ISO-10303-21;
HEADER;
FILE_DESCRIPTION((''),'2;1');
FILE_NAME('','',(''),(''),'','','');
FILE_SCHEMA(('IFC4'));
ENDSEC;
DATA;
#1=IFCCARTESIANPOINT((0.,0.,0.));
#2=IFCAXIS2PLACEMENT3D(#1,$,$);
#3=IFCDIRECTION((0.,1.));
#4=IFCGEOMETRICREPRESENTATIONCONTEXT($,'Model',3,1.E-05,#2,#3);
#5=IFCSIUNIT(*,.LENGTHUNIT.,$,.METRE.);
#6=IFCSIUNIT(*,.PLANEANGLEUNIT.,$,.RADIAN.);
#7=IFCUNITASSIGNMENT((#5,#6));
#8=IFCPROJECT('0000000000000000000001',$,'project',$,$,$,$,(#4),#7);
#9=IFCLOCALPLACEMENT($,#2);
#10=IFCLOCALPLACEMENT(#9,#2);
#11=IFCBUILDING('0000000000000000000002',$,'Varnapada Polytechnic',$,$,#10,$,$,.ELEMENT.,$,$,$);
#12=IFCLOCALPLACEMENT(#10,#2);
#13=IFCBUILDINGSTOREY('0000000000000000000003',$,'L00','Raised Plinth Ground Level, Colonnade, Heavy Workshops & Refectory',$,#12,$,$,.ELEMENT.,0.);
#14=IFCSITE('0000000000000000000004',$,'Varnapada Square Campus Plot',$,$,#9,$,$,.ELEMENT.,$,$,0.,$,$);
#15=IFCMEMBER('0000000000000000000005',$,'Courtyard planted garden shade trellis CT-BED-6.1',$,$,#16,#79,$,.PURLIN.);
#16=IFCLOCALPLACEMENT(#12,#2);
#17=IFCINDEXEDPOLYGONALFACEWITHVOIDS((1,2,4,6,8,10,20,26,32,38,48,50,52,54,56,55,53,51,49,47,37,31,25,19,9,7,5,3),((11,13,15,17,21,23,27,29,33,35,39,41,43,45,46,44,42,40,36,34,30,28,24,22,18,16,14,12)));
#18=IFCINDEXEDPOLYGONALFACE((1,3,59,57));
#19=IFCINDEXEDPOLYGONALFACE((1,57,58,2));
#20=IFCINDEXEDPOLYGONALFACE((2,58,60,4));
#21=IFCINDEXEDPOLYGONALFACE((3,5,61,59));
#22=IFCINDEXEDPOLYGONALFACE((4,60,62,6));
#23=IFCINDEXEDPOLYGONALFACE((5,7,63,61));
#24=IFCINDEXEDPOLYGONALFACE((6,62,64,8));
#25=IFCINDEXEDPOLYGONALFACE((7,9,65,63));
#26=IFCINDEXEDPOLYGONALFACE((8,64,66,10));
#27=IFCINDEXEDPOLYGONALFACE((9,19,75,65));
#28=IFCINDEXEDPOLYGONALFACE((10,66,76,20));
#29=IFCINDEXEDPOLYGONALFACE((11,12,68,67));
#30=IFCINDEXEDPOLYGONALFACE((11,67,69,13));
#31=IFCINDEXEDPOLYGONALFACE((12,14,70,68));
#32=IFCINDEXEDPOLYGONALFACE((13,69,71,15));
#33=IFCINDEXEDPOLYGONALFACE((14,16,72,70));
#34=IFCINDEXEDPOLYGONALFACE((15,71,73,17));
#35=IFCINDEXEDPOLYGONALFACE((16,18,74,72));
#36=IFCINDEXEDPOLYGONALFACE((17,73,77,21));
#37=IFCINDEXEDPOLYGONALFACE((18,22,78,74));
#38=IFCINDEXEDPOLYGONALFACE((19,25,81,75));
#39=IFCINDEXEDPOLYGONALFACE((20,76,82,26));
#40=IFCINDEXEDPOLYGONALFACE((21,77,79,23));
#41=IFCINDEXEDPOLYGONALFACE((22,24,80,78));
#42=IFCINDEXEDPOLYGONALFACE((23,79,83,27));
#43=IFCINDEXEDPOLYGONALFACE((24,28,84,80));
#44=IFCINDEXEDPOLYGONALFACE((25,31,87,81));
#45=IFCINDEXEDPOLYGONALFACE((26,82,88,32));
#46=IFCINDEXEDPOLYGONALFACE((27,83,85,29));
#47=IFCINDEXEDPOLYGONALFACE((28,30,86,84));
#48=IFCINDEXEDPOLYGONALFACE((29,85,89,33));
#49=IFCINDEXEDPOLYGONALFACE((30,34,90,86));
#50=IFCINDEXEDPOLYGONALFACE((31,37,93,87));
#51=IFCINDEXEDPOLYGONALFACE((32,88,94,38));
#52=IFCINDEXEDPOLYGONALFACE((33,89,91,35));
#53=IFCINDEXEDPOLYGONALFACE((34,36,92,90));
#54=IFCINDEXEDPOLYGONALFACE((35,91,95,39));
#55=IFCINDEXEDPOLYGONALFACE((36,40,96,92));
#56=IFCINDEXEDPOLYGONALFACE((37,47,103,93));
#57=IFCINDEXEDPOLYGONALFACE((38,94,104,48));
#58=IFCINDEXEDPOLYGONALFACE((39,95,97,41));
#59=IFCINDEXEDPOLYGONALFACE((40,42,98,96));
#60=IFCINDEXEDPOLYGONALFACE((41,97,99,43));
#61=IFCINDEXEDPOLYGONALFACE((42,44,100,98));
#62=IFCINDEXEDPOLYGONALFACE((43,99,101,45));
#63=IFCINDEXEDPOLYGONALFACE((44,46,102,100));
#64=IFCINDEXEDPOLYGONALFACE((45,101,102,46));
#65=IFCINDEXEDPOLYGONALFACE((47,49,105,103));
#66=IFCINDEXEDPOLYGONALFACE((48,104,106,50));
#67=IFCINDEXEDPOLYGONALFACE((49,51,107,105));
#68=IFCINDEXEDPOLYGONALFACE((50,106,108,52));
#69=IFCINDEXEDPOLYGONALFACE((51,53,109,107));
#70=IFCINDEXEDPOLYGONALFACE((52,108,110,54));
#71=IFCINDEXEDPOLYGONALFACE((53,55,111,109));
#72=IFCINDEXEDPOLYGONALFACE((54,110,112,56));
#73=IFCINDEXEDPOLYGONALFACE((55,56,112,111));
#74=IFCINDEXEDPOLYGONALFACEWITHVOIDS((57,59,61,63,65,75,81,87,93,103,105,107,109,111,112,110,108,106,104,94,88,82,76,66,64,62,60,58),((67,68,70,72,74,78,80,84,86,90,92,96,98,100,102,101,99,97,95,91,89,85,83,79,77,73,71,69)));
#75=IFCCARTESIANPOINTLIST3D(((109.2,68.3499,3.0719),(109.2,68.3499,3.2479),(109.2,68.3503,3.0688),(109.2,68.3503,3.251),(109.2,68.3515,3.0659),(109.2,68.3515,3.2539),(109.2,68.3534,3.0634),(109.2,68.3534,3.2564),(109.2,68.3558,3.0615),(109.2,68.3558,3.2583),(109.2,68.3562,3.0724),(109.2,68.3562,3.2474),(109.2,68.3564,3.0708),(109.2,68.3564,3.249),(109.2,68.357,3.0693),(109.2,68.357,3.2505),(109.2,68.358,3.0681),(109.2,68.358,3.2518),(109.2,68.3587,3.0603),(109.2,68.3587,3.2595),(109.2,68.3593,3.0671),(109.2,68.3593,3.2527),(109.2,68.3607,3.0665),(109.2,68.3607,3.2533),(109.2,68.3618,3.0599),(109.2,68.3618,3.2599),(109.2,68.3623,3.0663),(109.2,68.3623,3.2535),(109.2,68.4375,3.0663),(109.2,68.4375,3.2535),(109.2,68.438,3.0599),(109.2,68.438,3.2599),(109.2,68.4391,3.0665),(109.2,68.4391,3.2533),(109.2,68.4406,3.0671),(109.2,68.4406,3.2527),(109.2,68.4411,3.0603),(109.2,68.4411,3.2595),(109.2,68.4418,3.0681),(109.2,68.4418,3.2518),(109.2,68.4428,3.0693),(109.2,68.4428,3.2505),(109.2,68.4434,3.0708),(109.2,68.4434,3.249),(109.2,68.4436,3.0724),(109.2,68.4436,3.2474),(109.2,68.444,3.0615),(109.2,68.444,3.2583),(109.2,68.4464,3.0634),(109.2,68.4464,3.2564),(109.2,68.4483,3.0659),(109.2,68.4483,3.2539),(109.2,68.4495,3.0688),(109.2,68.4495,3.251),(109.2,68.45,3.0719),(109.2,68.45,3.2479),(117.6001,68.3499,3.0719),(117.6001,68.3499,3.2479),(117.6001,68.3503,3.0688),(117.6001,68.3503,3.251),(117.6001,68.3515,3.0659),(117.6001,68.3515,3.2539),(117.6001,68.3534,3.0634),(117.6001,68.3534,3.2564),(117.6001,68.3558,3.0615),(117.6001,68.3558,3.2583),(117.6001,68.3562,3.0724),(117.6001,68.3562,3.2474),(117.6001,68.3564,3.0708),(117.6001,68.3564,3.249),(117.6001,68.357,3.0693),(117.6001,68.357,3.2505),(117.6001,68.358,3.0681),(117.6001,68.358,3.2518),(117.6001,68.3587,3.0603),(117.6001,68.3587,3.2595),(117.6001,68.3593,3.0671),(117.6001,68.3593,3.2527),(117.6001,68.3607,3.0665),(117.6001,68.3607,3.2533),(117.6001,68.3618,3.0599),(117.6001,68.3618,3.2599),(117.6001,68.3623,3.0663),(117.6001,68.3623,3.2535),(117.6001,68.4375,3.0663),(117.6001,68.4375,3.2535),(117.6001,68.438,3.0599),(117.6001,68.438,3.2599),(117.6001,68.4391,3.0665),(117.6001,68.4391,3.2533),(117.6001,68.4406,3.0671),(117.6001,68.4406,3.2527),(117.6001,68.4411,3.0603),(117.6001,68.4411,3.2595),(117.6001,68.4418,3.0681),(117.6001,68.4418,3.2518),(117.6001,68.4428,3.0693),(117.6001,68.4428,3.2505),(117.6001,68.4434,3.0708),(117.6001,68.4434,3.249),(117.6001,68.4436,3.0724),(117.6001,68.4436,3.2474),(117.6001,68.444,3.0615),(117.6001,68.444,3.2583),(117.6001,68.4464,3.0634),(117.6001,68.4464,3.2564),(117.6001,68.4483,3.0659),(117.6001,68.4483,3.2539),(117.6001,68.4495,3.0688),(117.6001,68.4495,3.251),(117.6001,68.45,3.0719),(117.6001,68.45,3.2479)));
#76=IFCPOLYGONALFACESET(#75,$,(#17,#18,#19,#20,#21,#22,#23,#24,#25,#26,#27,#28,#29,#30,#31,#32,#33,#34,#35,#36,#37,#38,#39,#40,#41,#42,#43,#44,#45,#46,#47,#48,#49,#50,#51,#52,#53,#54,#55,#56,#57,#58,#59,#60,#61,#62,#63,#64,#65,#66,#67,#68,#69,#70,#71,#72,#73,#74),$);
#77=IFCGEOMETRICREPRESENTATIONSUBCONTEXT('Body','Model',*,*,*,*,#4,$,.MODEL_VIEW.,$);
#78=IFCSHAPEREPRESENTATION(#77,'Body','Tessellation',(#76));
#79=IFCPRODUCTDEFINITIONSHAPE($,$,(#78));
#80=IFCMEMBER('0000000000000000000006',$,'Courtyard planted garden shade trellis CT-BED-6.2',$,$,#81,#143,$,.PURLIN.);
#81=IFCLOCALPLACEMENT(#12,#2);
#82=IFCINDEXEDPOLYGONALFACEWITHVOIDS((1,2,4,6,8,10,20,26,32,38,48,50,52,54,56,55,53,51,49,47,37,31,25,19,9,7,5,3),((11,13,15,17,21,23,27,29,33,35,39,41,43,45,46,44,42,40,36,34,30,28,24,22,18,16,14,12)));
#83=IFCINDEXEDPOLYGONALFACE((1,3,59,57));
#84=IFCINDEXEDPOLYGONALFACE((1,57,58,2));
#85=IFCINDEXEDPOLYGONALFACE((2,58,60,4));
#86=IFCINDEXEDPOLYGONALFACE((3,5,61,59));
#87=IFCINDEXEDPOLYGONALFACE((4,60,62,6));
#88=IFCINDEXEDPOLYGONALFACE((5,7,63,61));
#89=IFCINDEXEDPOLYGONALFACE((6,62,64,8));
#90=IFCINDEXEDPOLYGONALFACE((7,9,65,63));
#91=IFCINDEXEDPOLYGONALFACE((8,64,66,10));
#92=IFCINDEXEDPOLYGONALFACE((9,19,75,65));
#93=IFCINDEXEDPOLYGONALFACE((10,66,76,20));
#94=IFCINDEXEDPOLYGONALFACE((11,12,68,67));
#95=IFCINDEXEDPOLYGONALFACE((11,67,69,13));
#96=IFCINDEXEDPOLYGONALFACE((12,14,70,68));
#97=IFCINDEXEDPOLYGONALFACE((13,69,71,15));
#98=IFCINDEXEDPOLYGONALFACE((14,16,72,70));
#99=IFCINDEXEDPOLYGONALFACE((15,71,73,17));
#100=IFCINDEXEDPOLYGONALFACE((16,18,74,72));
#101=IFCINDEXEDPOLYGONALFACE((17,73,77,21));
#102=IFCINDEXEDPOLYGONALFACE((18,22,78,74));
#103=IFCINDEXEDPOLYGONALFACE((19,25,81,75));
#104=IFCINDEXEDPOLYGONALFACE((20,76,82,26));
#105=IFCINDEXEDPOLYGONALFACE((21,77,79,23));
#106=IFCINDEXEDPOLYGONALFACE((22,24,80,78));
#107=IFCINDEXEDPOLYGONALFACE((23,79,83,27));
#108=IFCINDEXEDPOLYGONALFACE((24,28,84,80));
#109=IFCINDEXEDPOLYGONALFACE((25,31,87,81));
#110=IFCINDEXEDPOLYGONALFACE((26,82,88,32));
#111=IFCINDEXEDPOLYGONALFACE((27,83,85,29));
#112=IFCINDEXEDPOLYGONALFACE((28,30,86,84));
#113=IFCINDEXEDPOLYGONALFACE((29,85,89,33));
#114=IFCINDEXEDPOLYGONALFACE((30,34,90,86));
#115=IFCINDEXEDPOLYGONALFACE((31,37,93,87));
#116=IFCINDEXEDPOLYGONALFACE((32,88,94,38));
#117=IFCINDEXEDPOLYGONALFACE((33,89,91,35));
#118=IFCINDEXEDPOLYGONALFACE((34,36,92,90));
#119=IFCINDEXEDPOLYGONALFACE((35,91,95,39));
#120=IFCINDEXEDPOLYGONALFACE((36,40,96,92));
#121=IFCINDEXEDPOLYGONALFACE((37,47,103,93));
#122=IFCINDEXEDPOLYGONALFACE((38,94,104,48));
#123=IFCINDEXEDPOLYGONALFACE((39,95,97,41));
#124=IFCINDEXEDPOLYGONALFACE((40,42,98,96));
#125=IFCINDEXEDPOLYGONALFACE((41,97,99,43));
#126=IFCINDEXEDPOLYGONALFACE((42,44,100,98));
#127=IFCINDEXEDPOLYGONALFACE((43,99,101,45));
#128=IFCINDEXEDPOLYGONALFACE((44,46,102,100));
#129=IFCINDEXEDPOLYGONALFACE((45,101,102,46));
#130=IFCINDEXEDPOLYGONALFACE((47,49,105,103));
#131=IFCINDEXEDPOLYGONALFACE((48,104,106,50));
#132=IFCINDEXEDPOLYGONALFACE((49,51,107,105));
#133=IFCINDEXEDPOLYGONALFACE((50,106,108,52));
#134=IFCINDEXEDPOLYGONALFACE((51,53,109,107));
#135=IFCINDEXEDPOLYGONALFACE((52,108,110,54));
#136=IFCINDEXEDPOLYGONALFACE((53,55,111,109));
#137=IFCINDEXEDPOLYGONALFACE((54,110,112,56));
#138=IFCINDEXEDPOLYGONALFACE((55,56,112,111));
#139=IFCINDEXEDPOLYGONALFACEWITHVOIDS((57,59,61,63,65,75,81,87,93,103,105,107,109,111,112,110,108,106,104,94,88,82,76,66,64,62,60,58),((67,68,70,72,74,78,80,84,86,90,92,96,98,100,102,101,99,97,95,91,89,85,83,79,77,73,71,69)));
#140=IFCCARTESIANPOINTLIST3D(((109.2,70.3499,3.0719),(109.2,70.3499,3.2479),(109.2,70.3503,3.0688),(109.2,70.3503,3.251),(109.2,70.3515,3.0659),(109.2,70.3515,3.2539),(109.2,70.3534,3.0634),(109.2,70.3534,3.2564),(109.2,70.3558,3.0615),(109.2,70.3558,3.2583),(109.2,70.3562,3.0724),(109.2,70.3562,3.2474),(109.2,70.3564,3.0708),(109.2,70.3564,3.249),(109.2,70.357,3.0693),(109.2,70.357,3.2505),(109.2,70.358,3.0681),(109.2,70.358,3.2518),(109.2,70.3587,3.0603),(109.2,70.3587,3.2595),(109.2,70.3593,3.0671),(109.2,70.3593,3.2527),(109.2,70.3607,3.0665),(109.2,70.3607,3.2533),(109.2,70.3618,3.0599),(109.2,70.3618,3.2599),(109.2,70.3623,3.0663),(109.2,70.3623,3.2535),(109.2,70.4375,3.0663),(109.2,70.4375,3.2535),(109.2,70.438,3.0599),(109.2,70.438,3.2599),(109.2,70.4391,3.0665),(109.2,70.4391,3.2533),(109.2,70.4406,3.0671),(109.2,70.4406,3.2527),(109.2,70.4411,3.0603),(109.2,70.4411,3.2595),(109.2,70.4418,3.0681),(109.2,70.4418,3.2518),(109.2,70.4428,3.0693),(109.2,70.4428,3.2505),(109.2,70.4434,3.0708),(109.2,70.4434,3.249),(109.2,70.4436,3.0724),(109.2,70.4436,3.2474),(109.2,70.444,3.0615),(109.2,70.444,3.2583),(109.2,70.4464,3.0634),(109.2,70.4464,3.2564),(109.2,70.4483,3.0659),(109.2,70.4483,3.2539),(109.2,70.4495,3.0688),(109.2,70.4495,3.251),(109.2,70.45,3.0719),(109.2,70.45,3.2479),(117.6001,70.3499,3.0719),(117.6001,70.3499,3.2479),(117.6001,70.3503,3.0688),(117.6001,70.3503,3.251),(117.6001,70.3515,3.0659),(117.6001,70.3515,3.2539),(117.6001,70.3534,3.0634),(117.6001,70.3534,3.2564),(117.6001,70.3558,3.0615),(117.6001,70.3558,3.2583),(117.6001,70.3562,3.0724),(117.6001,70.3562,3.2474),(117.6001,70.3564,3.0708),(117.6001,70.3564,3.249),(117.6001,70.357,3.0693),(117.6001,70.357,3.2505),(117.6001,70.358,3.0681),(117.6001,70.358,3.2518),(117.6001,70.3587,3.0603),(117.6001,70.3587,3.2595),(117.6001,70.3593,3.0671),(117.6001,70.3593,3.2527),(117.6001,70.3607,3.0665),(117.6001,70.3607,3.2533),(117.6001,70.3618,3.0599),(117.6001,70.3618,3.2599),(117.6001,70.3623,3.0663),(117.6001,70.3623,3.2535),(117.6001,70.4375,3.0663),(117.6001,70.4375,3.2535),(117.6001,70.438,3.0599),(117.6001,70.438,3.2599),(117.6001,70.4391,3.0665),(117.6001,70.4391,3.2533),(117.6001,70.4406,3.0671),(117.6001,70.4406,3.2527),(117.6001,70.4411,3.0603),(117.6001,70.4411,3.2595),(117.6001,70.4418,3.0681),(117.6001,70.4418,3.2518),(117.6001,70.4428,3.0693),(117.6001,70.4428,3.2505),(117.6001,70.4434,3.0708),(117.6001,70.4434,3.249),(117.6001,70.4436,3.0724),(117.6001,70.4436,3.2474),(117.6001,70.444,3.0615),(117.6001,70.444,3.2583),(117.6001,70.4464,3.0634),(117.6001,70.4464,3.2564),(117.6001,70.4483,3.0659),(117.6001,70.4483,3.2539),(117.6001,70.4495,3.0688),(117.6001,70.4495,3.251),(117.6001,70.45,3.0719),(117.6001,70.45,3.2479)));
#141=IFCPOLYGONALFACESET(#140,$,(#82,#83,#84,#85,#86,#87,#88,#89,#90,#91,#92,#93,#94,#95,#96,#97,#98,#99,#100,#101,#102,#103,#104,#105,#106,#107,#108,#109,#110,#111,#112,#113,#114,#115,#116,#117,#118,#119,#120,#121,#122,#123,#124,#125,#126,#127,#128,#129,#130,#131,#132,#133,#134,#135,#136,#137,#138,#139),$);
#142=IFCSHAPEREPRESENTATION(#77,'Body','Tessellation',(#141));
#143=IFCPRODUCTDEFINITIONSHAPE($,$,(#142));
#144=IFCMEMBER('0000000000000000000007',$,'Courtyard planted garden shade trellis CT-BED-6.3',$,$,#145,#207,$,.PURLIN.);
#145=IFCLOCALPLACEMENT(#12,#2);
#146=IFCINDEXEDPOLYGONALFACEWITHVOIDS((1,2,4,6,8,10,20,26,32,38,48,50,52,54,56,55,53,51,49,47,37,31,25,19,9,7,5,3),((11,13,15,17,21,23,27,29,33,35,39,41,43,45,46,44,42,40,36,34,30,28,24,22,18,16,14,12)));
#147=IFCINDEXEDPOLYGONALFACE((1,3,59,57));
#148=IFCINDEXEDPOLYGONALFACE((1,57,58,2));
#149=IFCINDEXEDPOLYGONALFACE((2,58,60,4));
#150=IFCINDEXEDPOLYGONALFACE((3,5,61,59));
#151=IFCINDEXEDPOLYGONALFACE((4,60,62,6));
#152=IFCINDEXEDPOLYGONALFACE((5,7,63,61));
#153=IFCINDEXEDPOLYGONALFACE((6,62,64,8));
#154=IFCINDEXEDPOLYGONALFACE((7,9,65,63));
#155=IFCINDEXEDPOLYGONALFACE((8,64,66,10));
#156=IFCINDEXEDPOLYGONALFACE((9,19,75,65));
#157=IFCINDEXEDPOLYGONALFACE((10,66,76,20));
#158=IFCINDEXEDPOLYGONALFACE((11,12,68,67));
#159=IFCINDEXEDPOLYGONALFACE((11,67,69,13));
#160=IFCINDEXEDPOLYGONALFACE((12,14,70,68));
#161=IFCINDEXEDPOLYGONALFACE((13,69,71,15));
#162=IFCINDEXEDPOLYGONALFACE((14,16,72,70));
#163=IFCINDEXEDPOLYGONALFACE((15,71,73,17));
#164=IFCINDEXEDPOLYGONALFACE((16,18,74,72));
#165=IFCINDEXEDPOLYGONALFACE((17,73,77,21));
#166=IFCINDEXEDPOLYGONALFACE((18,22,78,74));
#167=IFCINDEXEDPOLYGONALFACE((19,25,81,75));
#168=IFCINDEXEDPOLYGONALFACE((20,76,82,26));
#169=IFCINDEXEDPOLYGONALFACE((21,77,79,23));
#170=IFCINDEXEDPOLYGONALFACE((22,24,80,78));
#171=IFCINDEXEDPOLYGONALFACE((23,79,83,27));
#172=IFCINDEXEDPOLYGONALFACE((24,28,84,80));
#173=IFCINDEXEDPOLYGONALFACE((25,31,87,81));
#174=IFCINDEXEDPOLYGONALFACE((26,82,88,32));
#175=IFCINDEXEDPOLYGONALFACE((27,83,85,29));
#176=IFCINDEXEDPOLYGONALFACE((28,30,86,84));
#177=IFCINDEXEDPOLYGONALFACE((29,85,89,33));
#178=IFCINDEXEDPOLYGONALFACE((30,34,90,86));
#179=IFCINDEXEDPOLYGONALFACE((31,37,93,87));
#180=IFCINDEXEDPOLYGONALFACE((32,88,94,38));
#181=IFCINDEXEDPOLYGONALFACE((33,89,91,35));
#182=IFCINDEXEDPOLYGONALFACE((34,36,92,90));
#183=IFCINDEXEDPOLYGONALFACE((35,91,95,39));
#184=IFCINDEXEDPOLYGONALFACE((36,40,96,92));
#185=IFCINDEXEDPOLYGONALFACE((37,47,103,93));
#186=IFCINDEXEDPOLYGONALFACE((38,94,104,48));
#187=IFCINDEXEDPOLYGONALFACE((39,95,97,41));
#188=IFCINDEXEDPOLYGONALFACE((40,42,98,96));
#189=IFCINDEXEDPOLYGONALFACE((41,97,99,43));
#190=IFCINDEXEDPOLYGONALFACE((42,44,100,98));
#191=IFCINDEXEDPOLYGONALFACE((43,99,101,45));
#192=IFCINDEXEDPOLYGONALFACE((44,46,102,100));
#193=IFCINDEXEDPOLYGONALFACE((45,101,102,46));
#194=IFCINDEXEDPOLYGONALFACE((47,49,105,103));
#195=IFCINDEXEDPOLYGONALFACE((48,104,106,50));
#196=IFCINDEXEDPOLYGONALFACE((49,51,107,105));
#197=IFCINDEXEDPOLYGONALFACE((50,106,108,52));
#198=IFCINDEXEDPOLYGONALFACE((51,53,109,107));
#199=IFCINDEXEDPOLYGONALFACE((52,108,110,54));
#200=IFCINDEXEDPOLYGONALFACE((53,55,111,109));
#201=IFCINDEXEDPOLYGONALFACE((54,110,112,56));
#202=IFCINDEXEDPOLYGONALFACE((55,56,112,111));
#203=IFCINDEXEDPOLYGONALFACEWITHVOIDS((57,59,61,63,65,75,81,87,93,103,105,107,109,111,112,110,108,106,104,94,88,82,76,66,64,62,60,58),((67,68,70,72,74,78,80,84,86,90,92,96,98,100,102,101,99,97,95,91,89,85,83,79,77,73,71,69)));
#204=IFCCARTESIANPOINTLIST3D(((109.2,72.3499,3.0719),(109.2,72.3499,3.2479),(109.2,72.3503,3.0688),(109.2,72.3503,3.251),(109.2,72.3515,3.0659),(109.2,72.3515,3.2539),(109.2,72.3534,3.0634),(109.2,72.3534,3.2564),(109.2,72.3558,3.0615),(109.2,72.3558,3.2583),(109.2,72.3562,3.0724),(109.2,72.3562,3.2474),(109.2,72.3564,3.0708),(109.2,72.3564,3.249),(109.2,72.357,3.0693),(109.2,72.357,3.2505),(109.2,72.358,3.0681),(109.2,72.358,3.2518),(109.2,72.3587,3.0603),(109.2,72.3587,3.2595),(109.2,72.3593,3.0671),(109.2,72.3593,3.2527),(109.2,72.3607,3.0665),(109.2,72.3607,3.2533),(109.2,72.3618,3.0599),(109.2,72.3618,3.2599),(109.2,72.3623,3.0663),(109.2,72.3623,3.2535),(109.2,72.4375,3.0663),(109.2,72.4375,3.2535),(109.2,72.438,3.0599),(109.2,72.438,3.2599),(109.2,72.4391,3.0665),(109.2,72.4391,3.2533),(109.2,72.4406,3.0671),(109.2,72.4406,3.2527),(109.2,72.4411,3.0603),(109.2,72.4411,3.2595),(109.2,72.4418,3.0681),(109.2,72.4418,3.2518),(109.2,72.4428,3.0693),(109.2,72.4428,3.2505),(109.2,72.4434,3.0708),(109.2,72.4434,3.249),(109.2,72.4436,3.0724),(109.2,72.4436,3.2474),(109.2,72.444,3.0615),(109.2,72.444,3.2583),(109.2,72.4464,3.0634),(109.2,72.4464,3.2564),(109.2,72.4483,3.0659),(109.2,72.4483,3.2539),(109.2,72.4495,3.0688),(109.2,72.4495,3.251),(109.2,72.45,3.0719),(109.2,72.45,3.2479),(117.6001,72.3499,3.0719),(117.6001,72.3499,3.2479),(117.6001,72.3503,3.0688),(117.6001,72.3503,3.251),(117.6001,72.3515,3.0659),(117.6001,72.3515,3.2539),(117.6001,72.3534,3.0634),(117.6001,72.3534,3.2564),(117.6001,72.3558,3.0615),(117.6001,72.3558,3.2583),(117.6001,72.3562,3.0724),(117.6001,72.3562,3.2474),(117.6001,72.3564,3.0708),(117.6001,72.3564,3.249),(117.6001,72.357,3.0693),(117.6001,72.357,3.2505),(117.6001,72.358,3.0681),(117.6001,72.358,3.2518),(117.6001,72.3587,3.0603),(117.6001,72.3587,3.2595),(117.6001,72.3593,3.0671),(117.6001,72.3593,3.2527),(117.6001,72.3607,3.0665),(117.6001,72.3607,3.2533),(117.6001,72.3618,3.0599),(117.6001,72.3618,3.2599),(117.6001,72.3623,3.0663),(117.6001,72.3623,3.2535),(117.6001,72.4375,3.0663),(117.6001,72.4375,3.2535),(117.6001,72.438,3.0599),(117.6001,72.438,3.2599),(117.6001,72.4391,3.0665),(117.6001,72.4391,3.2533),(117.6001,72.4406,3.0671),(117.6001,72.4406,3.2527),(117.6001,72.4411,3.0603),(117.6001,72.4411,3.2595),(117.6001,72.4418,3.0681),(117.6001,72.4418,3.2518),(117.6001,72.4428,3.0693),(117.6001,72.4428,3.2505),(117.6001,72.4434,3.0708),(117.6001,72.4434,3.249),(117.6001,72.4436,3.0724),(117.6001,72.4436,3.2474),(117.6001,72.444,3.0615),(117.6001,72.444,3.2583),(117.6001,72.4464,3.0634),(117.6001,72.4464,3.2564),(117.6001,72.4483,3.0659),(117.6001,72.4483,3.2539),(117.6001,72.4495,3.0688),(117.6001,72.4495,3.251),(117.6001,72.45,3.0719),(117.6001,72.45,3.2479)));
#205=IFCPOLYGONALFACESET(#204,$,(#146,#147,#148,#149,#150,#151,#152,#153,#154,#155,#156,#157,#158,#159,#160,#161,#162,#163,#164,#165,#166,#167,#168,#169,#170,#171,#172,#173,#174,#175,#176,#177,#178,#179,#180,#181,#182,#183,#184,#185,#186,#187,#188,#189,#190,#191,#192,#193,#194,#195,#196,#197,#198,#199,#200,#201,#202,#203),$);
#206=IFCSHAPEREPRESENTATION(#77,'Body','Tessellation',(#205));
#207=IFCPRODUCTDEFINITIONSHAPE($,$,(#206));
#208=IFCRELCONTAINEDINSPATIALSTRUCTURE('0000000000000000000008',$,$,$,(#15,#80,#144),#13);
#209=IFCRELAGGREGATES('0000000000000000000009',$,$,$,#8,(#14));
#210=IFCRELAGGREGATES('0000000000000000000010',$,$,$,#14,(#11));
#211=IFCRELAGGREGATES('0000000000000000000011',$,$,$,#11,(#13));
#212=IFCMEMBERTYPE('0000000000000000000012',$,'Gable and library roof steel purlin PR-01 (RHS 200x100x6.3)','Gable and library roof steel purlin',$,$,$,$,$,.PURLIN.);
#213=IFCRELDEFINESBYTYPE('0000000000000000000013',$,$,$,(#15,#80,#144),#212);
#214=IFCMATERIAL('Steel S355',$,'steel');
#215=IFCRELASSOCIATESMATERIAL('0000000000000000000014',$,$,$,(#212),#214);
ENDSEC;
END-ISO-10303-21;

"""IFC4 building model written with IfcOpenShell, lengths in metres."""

from ifc_helpers import new_model, si_unit, direction, frame, origin, origin_2d, place, context, subcontext, project, spatial, hollow_rectangle, extrude, material, material_profile, profile_set, type_object, element, save


model = new_model("IFC4")

# Units and contexts
model_context = context("Model", 3, precision=1e-05, world=origin(), true_north=direction((0.0, 1.0)))
body_context = subcontext(model_context, "Body", "Model", "MODEL_VIEW")
ifc_project = project(units=[si_unit("LENGTHUNIT", "METRE"), si_unit("PLANEANGLEUNIT", "RADIAN")], contexts=[model_context])

# Site, building, storey
site_placement = place(None, origin())
site = spatial("IfcSite", under=ifc_project, at=site_placement, Name="Varnapada Square Campus Plot", CompositionType="ELEMENT", RefElevation=0.0)
building_placement = place(site_placement, origin())
building = spatial("IfcBuilding", under=site, at=building_placement, Name="Varnapada Polytechnic", CompositionType="ELEMENT")
storey_placement = place(building_placement, origin())
storey = spatial("IfcBuildingStorey", under=building, at=storey_placement, Name="L00", Description="Raised Plinth Ground Level, Colonnade, Heavy Workshops & Refectory", CompositionType="ELEMENT", Elevation=0.0)

# Members
ifc_material_1 = material(Name="Steel S355", Category="steel")
ifc_material_profile_1 = material_profile(ifc_material_1, hollow_rectangle(XDim=0.1001, YDim=0.2, WallThickness=0.0063, InnerFilletRadius=0.0061, OuterFilletRadius=0.012, at=origin_2d()), Name="RHS 200x100x6.3")
ifc_profile_set_1 = profile_set([ifc_material_profile_1], Name="Steel S355")
member_type_1 = type_object("IfcMemberType", Name="Gable and library roof steel purlin PR-01 (RHS 200x100x6.3)", Description="Gable and library roof steel purlin", PredefinedType="PURLIN", material=ifc_profile_set_1)
for number, where, z_axis, x_axis, name in (
    (1, (109.2, 68.3999, 3.1599), (1.0, 0.0, 0.0), (0.0, 1.0, 0.0), "Courtyard planted garden shade trellis CT-BED-6.1"),
    (2, (109.2, 70.3999, 3.1599), (1.0, 0.0, 0.0), (0.0, 1.0, 0.0), "Courtyard planted garden shade trellis CT-BED-6.2"),
    (3, (109.2, 72.3999, 3.1599), (1.0, 0.0, 0.0), (0.0, 1.0, 0.0), "Courtyard planted garden shade trellis CT-BED-6.3"),
):
    element("IfcMember", number, at=place(storey_placement, frame(where, z_axis=z_axis, x_axis=x_axis)), inside=storey, type_object=member_type_1, Name=name, PredefinedType="PURLIN", context=body_context, shape_type="SweptSolid", body=[
        extrude(hollow_rectangle(XDim=0.1001, YDim=0.2, WallThickness=0.0063, InnerFilletRadius=0.0061, OuterFilletRadius=0.012, at=origin_2d()), origin(), (0.0, 0.0, 1.0), 8.4001),
    ])

save(model, "model.ifc")
